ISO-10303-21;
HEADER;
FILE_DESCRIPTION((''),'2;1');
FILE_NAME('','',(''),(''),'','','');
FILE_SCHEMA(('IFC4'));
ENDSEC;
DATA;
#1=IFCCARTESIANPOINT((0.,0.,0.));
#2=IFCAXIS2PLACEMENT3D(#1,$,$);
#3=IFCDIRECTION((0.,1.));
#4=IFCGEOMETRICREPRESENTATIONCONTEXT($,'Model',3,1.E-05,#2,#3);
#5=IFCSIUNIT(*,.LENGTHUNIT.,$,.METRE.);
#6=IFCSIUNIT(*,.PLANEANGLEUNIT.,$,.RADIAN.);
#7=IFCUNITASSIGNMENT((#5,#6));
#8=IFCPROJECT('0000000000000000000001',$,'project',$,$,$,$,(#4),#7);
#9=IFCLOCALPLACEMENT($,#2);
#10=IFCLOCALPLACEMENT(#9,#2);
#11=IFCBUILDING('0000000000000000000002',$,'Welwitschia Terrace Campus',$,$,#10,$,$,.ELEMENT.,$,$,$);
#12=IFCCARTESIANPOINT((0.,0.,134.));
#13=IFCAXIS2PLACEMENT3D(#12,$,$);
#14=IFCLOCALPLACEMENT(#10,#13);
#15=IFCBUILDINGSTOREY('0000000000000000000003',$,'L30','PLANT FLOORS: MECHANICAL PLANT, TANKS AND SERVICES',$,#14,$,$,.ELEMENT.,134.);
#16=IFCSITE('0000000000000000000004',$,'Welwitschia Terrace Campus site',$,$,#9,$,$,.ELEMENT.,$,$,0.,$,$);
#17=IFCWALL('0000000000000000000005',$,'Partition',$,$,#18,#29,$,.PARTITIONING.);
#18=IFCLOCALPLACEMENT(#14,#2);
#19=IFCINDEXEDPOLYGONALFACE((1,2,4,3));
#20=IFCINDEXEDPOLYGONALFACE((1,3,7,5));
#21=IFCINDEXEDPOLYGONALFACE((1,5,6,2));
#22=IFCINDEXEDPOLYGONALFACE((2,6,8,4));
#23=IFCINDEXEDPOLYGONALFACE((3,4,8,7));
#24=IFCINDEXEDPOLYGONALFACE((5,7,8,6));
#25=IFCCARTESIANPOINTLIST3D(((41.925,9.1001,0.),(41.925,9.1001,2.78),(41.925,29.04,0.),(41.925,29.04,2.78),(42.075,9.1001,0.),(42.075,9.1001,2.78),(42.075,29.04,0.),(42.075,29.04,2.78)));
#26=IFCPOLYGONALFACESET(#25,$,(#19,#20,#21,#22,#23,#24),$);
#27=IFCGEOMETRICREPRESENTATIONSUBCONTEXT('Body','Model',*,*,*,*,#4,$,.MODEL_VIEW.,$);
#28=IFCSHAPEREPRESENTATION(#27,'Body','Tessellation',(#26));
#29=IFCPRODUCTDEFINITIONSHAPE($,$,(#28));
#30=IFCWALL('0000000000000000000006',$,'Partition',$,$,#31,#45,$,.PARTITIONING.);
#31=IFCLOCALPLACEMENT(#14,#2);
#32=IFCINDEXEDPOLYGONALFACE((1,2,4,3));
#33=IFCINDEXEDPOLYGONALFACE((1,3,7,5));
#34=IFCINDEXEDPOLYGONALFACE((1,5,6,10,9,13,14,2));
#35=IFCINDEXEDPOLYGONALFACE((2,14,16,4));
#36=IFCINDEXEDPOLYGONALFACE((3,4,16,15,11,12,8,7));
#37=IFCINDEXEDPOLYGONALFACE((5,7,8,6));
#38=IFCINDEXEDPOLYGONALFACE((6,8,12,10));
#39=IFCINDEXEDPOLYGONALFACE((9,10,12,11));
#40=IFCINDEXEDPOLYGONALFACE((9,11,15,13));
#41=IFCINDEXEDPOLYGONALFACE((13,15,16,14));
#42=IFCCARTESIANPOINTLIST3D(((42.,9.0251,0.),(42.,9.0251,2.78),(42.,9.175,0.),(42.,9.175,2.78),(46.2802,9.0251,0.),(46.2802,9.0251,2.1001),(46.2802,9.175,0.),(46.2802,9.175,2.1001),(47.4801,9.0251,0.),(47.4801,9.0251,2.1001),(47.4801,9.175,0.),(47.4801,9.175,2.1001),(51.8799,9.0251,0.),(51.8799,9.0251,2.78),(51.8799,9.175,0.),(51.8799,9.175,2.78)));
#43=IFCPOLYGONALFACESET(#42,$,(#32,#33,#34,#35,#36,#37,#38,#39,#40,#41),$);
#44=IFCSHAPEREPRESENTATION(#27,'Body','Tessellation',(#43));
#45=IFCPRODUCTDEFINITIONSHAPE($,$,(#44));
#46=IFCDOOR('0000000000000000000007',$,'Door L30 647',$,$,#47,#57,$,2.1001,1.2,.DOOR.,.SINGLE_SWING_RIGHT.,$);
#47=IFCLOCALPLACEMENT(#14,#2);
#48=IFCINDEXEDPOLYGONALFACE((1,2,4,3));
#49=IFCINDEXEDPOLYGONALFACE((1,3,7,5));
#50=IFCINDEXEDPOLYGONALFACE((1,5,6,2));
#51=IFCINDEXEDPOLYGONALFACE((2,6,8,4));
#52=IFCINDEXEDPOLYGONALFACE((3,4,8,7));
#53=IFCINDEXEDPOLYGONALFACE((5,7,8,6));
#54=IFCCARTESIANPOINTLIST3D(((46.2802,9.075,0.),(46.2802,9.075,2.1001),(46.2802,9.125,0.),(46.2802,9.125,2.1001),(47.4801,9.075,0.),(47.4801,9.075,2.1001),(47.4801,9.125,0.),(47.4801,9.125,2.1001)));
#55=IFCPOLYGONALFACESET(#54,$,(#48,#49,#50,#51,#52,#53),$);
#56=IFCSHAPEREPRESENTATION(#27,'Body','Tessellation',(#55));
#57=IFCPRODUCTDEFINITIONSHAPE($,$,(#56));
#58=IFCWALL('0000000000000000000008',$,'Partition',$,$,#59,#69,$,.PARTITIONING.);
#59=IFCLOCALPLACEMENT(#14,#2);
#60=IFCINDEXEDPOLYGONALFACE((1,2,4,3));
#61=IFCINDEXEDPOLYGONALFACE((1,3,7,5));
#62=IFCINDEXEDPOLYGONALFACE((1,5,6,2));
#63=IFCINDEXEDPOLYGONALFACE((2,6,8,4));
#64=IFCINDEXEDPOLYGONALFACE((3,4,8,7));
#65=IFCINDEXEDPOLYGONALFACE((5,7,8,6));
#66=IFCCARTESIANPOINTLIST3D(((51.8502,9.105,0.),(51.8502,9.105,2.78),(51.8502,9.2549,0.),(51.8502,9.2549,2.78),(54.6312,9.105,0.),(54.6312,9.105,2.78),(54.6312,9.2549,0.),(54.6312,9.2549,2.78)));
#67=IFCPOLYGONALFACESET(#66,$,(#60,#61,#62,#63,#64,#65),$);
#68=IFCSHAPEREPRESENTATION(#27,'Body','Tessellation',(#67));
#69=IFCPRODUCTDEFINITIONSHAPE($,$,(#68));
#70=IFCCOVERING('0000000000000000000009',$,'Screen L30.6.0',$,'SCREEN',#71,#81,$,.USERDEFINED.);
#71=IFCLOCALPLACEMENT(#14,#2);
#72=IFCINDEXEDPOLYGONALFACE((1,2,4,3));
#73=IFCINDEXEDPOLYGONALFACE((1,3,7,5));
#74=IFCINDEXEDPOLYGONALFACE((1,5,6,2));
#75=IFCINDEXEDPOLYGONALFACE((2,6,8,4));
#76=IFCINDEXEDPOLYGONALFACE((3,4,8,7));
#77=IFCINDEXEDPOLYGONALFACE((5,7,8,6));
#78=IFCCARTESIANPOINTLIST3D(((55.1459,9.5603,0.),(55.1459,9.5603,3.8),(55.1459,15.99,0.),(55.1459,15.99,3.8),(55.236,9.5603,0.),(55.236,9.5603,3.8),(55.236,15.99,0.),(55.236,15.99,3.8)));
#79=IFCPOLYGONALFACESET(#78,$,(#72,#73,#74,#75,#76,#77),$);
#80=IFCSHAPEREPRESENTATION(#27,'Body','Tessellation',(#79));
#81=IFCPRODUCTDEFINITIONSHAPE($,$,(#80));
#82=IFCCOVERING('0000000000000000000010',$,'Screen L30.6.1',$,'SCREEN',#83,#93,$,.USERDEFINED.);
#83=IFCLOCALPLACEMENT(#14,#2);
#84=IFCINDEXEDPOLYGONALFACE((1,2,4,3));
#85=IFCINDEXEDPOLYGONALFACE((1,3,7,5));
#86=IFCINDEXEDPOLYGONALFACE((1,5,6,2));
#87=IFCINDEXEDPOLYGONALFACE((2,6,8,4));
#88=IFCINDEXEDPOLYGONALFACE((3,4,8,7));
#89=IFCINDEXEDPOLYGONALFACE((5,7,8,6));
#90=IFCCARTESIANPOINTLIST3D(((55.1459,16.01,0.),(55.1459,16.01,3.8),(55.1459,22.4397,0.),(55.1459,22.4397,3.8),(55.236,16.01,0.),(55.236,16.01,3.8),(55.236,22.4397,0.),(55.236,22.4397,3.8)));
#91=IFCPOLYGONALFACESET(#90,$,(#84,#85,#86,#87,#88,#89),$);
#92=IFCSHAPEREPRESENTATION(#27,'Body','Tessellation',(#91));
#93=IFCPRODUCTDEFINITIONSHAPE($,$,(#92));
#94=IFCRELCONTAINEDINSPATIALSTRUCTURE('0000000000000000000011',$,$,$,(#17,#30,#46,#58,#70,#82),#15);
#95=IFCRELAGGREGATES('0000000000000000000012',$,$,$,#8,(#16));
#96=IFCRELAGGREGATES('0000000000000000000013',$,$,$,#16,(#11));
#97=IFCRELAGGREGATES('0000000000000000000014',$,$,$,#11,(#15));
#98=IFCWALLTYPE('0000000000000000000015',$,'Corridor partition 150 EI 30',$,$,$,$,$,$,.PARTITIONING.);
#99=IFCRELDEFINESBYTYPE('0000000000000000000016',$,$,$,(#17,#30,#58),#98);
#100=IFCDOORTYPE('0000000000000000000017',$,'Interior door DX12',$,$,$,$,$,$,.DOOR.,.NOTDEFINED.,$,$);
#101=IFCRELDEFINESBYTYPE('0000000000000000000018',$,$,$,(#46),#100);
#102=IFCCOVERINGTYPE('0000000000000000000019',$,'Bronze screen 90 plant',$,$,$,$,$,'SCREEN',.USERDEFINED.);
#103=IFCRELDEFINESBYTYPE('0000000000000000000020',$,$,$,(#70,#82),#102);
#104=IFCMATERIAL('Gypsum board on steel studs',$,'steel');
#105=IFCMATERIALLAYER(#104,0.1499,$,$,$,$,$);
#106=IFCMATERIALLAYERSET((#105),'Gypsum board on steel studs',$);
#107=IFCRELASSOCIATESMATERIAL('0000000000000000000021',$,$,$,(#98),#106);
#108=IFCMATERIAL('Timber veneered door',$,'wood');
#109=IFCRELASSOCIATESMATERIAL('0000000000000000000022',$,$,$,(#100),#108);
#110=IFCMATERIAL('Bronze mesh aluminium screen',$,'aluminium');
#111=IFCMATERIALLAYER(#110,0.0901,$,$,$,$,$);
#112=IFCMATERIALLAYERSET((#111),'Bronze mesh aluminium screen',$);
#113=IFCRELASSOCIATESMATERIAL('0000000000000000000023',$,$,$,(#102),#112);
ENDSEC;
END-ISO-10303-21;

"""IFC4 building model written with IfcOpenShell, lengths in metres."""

from ifc_helpers import new_model, si_unit, direction, frame, frame_2d, origin, origin_2d, place, context, subcontext, project, spatial, rectangle, extrude, material, layer, layer_set, type_object, element, fill, save


model = new_model("IFC4")

# Units and contexts
model_context = context("Model", 3, precision=1e-05, world=origin(), true_north=direction((0.0, 1.0)))
body_context = subcontext(model_context, "Body", "Model", "MODEL_VIEW")
ifc_project = project(units=[si_unit("LENGTHUNIT", "METRE"), si_unit("PLANEANGLEUNIT", "RADIAN")], contexts=[model_context])

# Site, building, storey
site_placement = place(None, origin())
site = spatial("IfcSite", under=ifc_project, at=site_placement, Name="Welwitschia Terrace Campus site", CompositionType="ELEMENT", RefElevation=0.0)
building_placement = place(site_placement, origin())
building = spatial("IfcBuilding", under=site, at=building_placement, Name="Welwitschia Terrace Campus", CompositionType="ELEMENT")
storey_placement = place(building_placement, frame((0.0, 0.0, 134.0)))
storey = spatial("IfcBuildingStorey", under=building, at=storey_placement, Name="L30", Description="PLANT FLOORS: MECHANICAL PLANT, TANKS AND SERVICES", CompositionType="ELEMENT", Elevation=134.0)

# Wall
ifc_material_1 = material(Name="Gypsum board on steel studs", Category="steel")
ifc_layer_1 = layer(ifc_material_1, 0.1499)
ifc_layer_set_1 = layer_set([ifc_layer_1], Name="Gypsum board on steel studs")
wall_type = type_object("IfcWallType", Name="Corridor partition 150 EI 30", PredefinedType="PARTITIONING", material=ifc_layer_set_1)
wall_1_placement = place(storey_placement, frame((42.0, 9.1001, 0.0), z_axis=(0.0, 0.0, 1.0), x_axis=(0.0, 1.0, 0.0)))
element("IfcWall", 1, at=wall_1_placement, inside=storey, type_object=wall_type, Name="Partition", PredefinedType="PARTITIONING", context=body_context, shape_type="SweptSolid", body=[
    extrude(rectangle(XDim=19.9399, YDim=0.1499, at=frame_2d((9.97, 0.0))), origin(), (0.0, 0.0, 1.0), 2.78),
])

# Wall, opening, door
wall_2_placement = place(storey_placement, frame((42.0, 9.1001, 0.0), z_axis=(0.0, 0.0, 1.0), x_axis=(1.0, 0.0, 0.0)))
wall_2 = element("IfcWall", 2, at=wall_2_placement, inside=storey, type_object=wall_type, Name="Partition", PredefinedType="PARTITIONING", context=body_context, shape_type="SweptSolid", body=[
    extrude(rectangle(XDim=9.8799, YDim=0.1499, at=frame_2d((4.9399, 0.0))), origin(), (0.0, 0.0, 1.0), 2.78),
])
opening_placement = place(wall_2_placement, frame((4.28, 0.0, 0.0)))
opening = element("IfcOpeningElement", 3, at=opening_placement, cuts=wall_2, PredefinedType="OPENING", context=body_context, shape_type="SweptSolid", body=[
    extrude(rectangle(XDim=1.2, YDim=2.1001, at=frame_2d((0.6001, 1.05))), frame((0.0, 0.085, 0.0), z_axis=(0.0, -1.0, 0.0), x_axis=(1.0, 0.0, 0.0)), (0.0, 0.0, 1.0), 0.1699),
])
ifc_material_2 = material(Name="Timber veneered door", Category="wood")
door_type = type_object("IfcDoorType", Name="Interior door DX12", OperationType="NOTDEFINED", PredefinedType="DOOR", material=ifc_material_2)
door_placement = place(opening_placement, origin())
door = element("IfcDoor", 4, at=door_placement, inside=storey, type_object=door_type, Name="Door L30 647", OperationType="SINGLE_SWING_RIGHT", OverallHeight=2.1001, OverallWidth=1.2, PredefinedType="DOOR", context=body_context, shape_type="SweptSolid", body=[
    extrude(rectangle(XDim=1.2, YDim=2.1001, at=frame_2d((0.6001, 1.05))), frame((0.0, 0.0249, 0.0), z_axis=(0.0, -1.0, 0.0), x_axis=(1.0, 0.0, 0.0)), (0.0, 0.0, 1.0), 0.05),
])
fill(opening, door)

# Wall
wall_3_placement = place(storey_placement, frame((51.8501, 9.1799, 0.0), z_axis=(0.0, 0.0, 1.0), x_axis=(1.0, 0.0, 0.0)))
element("IfcWall", 5, at=wall_3_placement, inside=storey, type_object=wall_type, Name="Partition", PredefinedType="PARTITIONING", context=body_context, shape_type="SweptSolid", body=[
    extrude(rectangle(XDim=2.781, YDim=0.1499, at=frame_2d((1.3906, 0.0))), origin(), (0.0, 0.0, 1.0), 2.78),
])

# Coverings
ifc_material_3 = material(Name="Bronze mesh aluminium screen", Category="aluminium")
ifc_layer_2 = layer(ifc_material_3, 0.0901)
ifc_layer_set_2 = layer_set([ifc_layer_2], Name="Bronze mesh aluminium screen")
covering_type = type_object("IfcCoveringType", Name="Bronze screen 90 plant", ElementType="SCREEN", PredefinedType="USERDEFINED", material=ifc_layer_set_2)
for number, where, z_axis, x_axis, name in (
    (6, (55.1909, 12.7751, 0.0), (0.0, 0.0, 1.0), (0.0, 1.0, 0.0), "Screen L30.6.0"),
    (7, (55.1909, 19.2249, 0.0), (0.0, 0.0, 1.0), (0.0, 1.0, 0.0), "Screen L30.6.1"),
):
    element("IfcCovering", number, at=place(storey_placement, frame(where, z_axis=z_axis, x_axis=x_axis)), inside=storey, type_object=covering_type, Name=name, ObjectType="SCREEN", PredefinedType="USERDEFINED", context=body_context, shape_type="SweptSolid", body=[
        extrude(rectangle(XDim=6.4297, YDim=0.0901, at=origin_2d()), origin(), (0.0, 0.0, 1.0), 3.8),
    ])

save(model, "model.ifc")
